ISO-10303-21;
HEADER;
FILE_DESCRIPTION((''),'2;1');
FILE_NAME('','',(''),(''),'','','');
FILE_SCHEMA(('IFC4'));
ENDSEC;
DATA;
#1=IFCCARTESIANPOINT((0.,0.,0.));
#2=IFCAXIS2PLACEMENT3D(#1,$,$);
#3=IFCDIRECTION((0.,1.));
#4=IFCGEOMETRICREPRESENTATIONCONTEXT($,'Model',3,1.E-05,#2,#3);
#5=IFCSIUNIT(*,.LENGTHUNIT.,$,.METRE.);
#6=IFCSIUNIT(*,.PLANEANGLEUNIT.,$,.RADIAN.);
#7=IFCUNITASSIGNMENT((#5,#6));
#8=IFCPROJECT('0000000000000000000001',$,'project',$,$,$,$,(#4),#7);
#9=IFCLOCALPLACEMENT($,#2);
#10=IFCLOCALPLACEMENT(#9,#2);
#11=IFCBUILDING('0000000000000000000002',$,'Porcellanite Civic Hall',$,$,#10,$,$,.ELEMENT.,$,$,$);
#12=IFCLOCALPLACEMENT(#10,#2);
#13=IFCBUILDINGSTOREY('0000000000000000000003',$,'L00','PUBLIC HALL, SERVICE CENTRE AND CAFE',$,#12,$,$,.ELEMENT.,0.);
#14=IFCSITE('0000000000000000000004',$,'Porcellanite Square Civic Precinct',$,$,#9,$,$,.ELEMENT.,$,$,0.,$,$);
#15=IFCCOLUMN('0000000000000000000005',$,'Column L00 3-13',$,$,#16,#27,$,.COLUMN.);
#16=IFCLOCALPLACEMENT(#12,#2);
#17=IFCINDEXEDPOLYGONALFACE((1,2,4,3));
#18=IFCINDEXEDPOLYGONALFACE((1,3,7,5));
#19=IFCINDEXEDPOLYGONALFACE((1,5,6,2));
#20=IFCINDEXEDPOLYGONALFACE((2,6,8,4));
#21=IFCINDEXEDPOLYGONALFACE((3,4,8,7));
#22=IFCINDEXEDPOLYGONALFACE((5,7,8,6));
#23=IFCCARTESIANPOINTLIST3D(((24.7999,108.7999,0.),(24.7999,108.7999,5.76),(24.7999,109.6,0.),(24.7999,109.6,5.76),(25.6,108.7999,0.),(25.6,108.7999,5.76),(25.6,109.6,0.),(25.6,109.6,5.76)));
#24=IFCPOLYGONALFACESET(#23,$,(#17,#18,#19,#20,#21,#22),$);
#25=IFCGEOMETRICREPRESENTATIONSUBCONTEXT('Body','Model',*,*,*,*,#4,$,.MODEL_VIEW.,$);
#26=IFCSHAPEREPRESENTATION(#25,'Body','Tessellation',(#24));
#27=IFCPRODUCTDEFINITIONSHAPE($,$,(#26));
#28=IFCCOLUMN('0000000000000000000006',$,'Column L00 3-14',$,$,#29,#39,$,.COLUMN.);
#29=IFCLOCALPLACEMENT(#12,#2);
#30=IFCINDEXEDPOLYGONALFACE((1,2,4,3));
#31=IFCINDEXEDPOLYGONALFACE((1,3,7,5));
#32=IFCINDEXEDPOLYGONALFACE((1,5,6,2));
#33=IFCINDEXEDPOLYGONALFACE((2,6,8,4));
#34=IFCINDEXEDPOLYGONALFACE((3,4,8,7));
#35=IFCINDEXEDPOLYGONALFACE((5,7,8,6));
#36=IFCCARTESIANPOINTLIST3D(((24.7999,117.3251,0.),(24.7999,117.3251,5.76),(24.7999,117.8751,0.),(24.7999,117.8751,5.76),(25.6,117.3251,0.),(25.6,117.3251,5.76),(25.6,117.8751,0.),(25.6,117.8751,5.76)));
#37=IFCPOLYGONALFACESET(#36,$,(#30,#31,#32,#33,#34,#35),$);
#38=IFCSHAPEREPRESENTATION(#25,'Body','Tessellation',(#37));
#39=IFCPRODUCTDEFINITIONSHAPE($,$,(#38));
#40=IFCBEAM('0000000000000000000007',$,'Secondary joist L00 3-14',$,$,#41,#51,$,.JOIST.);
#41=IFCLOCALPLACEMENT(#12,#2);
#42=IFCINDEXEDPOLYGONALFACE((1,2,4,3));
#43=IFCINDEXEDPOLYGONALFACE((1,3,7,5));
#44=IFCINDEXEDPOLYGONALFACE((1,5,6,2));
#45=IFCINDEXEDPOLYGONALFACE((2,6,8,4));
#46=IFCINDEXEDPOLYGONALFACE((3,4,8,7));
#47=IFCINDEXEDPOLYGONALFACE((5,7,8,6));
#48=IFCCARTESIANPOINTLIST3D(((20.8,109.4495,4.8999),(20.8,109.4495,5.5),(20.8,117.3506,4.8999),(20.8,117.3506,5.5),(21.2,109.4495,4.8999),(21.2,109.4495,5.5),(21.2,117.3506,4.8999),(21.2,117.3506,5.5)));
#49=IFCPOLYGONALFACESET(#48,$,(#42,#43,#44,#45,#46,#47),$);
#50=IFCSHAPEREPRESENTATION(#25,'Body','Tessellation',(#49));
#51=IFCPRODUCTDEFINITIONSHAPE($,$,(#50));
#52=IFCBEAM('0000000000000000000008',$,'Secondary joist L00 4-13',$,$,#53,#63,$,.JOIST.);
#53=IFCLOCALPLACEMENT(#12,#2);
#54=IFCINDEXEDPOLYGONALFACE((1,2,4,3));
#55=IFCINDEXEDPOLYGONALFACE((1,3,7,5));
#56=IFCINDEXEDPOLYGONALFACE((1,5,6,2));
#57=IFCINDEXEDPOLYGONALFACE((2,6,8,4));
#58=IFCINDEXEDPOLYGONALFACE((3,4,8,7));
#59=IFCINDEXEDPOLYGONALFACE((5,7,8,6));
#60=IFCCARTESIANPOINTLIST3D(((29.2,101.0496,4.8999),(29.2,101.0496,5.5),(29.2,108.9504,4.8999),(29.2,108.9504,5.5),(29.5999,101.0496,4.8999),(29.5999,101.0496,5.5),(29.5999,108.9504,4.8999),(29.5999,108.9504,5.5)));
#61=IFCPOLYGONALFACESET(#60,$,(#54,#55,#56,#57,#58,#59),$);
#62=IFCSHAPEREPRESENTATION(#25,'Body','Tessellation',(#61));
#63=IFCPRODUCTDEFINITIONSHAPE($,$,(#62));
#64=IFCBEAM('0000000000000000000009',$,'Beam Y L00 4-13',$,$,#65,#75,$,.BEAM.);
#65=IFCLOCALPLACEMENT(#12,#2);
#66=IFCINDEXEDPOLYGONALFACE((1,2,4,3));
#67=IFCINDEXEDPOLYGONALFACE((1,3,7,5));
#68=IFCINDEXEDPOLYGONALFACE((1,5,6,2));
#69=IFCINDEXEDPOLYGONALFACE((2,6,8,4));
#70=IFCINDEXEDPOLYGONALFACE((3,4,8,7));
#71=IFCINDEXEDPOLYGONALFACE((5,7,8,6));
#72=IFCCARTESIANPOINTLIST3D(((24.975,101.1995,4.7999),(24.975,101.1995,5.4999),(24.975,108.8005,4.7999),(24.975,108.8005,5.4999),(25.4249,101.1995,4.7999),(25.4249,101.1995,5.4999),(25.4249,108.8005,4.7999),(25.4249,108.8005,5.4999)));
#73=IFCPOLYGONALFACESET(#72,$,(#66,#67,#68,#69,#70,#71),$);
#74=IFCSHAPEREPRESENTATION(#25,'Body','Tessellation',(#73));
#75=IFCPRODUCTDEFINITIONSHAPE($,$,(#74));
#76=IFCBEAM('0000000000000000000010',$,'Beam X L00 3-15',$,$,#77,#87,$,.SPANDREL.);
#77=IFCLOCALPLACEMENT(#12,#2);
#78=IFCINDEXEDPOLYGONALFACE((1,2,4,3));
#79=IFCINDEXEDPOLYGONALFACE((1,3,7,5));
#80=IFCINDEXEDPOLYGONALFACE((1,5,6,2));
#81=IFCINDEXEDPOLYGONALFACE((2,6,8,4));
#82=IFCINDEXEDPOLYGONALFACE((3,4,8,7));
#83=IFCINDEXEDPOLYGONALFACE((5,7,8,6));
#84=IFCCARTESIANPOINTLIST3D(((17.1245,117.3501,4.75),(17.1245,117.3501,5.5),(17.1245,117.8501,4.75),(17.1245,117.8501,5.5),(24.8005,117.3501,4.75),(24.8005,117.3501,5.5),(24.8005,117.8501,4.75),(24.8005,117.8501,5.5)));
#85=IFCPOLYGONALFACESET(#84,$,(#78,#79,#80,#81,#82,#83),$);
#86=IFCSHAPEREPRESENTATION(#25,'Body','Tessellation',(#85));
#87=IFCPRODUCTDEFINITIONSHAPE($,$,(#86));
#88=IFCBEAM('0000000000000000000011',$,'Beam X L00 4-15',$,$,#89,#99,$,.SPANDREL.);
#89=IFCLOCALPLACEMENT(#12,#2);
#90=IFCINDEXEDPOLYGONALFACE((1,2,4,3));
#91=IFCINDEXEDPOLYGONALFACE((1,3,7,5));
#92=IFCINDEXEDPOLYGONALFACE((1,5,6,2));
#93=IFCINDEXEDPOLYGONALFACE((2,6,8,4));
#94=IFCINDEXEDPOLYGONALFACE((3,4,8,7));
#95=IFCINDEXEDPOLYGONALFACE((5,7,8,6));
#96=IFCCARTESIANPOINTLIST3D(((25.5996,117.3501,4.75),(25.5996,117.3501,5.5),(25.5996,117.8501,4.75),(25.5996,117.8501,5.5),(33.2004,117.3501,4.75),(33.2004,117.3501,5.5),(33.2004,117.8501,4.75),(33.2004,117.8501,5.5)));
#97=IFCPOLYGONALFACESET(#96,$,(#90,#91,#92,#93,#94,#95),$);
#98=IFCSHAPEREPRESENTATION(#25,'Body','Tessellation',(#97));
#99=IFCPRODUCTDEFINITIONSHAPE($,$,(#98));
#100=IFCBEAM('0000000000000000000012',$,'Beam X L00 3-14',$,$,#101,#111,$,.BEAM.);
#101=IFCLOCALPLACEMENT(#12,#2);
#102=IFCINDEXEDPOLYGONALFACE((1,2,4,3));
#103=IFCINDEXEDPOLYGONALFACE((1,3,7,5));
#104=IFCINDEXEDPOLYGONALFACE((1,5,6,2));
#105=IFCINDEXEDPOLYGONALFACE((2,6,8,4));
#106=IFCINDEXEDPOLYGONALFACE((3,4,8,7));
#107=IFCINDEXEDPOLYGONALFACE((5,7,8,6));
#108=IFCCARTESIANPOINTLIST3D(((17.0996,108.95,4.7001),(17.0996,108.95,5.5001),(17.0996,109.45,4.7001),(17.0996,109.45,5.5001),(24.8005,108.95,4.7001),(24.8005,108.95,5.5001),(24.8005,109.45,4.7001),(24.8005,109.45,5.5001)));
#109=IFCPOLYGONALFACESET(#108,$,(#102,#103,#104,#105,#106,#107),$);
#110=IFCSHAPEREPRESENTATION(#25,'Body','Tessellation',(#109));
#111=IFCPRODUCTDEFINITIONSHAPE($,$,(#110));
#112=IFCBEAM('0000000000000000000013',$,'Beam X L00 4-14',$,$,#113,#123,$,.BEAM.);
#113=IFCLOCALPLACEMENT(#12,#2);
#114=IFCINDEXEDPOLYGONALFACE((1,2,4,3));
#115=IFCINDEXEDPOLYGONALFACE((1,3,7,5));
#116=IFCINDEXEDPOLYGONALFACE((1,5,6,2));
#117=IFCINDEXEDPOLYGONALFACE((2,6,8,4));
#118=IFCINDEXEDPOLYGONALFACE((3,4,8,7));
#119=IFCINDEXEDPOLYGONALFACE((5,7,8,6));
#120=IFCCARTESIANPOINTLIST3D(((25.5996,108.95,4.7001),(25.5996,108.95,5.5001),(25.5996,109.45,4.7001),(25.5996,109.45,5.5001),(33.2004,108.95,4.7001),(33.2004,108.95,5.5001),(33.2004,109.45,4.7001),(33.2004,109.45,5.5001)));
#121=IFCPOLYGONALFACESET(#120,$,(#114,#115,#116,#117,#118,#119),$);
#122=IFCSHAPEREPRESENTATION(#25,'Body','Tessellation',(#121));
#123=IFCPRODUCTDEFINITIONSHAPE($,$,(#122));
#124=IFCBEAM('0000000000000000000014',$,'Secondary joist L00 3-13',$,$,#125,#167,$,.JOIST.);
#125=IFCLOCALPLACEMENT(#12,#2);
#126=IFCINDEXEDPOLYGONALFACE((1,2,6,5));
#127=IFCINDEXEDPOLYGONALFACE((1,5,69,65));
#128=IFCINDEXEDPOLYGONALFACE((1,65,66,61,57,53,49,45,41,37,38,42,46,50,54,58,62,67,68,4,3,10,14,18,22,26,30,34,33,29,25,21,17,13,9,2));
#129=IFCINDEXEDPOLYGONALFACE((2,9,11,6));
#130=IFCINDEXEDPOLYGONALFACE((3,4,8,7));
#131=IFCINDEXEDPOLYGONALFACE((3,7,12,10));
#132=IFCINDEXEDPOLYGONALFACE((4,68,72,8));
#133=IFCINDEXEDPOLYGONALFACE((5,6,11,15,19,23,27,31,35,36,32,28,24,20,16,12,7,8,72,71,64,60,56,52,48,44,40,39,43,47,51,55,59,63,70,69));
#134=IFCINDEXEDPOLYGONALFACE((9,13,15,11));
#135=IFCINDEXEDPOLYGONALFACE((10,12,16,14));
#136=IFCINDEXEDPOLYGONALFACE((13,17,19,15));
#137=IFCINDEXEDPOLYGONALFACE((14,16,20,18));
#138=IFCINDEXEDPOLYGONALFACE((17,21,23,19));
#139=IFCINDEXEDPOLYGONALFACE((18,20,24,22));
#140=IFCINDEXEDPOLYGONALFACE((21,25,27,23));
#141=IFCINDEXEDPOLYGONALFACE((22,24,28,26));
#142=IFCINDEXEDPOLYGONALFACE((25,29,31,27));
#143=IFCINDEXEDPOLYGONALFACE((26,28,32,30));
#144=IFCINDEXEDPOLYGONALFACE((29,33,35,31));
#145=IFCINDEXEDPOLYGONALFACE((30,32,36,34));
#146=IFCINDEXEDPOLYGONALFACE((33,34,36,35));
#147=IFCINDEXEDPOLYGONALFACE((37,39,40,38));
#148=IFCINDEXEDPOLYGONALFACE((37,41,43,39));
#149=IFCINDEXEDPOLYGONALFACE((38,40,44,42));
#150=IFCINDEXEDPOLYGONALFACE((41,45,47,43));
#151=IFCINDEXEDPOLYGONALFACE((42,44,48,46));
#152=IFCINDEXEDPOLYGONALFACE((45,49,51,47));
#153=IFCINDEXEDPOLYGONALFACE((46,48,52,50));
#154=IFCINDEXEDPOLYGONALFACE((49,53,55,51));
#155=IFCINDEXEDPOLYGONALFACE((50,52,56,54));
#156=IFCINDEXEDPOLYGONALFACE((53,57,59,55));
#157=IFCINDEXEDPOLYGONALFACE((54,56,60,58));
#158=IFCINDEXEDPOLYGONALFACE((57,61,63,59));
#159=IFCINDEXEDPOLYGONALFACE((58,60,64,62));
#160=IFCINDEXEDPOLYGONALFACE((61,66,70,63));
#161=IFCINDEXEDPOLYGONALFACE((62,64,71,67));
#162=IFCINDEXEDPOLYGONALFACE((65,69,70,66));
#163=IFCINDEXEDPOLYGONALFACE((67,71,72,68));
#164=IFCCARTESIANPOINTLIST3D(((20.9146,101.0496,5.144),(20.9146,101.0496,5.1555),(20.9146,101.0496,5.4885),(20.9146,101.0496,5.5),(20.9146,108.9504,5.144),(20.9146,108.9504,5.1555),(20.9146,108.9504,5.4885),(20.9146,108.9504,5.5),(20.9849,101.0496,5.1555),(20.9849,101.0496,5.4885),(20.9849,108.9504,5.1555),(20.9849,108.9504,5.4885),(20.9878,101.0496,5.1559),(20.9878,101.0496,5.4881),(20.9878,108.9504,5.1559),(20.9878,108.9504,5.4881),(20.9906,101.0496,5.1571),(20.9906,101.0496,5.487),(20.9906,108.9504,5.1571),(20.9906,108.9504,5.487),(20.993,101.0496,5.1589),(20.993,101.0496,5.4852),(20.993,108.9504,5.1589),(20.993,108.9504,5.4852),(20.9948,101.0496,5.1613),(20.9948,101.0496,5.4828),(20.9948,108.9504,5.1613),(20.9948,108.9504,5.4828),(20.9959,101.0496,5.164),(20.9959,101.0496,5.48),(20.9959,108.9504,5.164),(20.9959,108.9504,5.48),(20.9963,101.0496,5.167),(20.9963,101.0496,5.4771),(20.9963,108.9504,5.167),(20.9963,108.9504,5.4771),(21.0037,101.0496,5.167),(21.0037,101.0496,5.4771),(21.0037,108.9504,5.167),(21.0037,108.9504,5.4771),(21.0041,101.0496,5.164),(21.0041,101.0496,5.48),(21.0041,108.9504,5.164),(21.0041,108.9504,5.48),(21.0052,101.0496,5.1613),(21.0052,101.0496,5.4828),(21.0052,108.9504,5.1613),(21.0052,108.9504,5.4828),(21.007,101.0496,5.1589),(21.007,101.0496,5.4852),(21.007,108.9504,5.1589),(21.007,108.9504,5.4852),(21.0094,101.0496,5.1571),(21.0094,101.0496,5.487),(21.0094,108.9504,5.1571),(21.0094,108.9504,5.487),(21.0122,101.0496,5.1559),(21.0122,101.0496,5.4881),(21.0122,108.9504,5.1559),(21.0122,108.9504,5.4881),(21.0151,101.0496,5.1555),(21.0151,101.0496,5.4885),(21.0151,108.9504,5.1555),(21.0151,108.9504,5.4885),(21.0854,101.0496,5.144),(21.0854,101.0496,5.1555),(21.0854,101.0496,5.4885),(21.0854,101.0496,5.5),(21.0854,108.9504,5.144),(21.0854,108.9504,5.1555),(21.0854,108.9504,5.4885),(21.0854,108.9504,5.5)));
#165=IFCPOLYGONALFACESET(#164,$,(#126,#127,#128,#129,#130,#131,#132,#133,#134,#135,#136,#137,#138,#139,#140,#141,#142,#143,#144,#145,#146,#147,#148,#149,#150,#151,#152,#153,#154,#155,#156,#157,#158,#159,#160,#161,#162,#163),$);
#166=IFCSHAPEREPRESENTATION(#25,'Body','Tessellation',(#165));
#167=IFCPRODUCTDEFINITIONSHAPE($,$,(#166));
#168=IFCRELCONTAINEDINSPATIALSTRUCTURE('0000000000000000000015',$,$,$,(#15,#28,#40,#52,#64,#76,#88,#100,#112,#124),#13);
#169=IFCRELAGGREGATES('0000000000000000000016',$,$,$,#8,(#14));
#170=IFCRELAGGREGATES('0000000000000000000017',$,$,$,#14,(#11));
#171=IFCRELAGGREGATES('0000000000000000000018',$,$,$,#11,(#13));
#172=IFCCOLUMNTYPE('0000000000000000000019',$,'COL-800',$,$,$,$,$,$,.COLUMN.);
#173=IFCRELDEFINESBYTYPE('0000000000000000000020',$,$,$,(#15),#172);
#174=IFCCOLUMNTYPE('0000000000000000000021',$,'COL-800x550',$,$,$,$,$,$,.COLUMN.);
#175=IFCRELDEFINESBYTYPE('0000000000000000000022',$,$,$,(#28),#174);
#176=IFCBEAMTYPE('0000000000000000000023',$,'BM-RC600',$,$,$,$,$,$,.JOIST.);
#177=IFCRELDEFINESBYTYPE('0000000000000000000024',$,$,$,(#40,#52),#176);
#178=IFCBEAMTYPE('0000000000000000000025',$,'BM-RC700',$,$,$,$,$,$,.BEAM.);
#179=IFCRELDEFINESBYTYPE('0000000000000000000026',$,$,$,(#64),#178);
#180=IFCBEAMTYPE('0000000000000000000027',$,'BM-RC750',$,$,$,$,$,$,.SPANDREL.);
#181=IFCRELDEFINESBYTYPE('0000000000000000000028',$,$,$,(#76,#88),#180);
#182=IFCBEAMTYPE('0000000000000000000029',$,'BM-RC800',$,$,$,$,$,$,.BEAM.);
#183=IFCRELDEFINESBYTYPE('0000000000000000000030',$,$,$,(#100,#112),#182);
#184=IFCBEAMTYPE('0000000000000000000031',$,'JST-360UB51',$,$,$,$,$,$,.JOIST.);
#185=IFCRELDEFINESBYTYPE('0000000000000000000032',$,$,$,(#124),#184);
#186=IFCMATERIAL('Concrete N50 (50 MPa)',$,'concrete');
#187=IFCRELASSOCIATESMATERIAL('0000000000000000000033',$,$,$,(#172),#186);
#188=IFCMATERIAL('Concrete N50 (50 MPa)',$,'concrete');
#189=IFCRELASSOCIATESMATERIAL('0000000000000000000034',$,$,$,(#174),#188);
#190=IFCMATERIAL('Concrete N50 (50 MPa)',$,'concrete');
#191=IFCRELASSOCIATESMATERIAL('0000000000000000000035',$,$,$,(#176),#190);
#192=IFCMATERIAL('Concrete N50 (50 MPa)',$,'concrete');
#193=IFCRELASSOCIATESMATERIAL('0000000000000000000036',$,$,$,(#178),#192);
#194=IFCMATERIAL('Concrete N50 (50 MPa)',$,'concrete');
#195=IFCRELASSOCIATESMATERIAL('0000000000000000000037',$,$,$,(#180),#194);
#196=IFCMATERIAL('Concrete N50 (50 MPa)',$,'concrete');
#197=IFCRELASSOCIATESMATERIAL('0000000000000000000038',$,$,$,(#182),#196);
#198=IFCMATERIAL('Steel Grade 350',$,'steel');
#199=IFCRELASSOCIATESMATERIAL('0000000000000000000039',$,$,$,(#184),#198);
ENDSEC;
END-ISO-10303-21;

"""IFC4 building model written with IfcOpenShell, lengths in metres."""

from ifc_helpers import new_model, si_unit, direction, frame, origin, origin_2d, place, context, subcontext, project, spatial, rectangle, i_section, extrude, material, material_profile, profile_set, type_object, element, save


model = new_model("IFC4")

# Units and contexts
model_context = context("Model", 3, precision=1e-05, world=origin(), true_north=direction((0.0, 1.0)))
body_context = subcontext(model_context, "Body", "Model", "MODEL_VIEW")
ifc_project = project(units=[si_unit("LENGTHUNIT", "METRE"), si_unit("PLANEANGLEUNIT", "RADIAN")], contexts=[model_context])

# Site, building, storey
site_placement = place(None, origin())
site = spatial("IfcSite", under=ifc_project, at=site_placement, Name="Porcellanite Square Civic Precinct", CompositionType="ELEMENT", RefElevation=0.0)
building_placement = place(site_placement, origin())
building = spatial("IfcBuilding", under=site, at=building_placement, Name="Porcellanite Civic Hall", CompositionType="ELEMENT")
storey_placement = place(building_placement, origin())
storey = spatial("IfcBuildingStorey", under=building, at=storey_placement, Name="L00", Description="PUBLIC HALL, SERVICE CENTRE AND CAFE", CompositionType="ELEMENT", Elevation=0.0)

# Columns
ifc_material_1 = material(Name="Concrete N50 (50 MPa)", Category="concrete")
ifc_material_profile_1 = material_profile(ifc_material_1, rectangle(XDim=0.8, YDim=0.8, at=origin_2d()), Name="RC-800x800")
ifc_profile_set_1 = profile_set([ifc_material_profile_1], Name="Concrete N50 (50 MPa)")
column_type_1 = type_object("IfcColumnType", Name="COL-800", PredefinedType="COLUMN", material=ifc_profile_set_1)
column_1_placement = place(storey_placement, frame((25.2, 109.2, 0.0), z_axis=(0.0, 0.0, 1.0), x_axis=(1.0, 0.0, 0.0)))
element("IfcColumn", 1, at=column_1_placement, inside=storey, type_object=column_type_1, Name="Column L00 3-13", PredefinedType="COLUMN", context=body_context, shape_type="SweptSolid", body=[
    extrude(rectangle(XDim=0.8, YDim=0.8, at=origin_2d()), origin(), (0.0, 0.0, 1.0), 5.76),
])
ifc_material_2 = material(Name="Concrete N50 (50 MPa)", Category="concrete")
ifc_material_profile_2 = material_profile(ifc_material_2, rectangle(XDim=0.8, YDim=0.55, at=origin_2d()), Name="RC-800x550")
ifc_profile_set_2 = profile_set([ifc_material_profile_2], Name="Concrete N50 (50 MPa)")
column_type_2 = type_object("IfcColumnType", Name="COL-800x550", PredefinedType="COLUMN", material=ifc_profile_set_2)
column_2_placement = place(storey_placement, frame((25.2, 117.6001, 0.0), z_axis=(0.0, 0.0, 1.0), x_axis=(1.0, 0.0, 0.0)))
element("IfcColumn", 2, at=column_2_placement, inside=storey, type_object=column_type_2, Name="Column L00 3-14", PredefinedType="COLUMN", context=body_context, shape_type="SweptSolid", body=[
    extrude(rectangle(XDim=0.8, YDim=0.55, at=origin_2d()), origin(), (0.0, 0.0, 1.0), 5.76),
])

# Beams
ifc_material_3 = material(Name="Concrete N50 (50 MPa)", Category="concrete")
ifc_material_profile_3 = material_profile(ifc_material_3, rectangle(XDim=0.3999, YDim=0.6001, at=origin_2d()), Name="RC-400x600")
ifc_profile_set_3 = profile_set([ifc_material_profile_3], Name="Concrete N50 (50 MPa)")
beam_type_1 = type_object("IfcBeamType", Name="BM-RC600", PredefinedType="JOIST", material=ifc_profile_set_3)
beam_1_placement = place(storey_placement, frame((21.0, 109.4495, 5.2), z_axis=(0.0, 1.0, 0.0), x_axis=(-1.0, 0.0, 0.0)))
element("IfcBeam", 3, at=beam_1_placement, inside=storey, type_object=beam_type_1, Name="Secondary joist L00 3-14", PredefinedType="JOIST", context=body_context, shape_type="SweptSolid", body=[
    extrude(rectangle(XDim=0.3999, YDim=0.6001, at=origin_2d()), origin(), (0.0, 0.0, 1.0), 7.9011),
])
beam_2_placement = place(storey_placement, frame((29.3999, 101.0496, 5.2), z_axis=(0.0, 1.0, 0.0), x_axis=(-1.0, 0.0, 0.0)))
element("IfcBeam", 4, at=beam_2_placement, inside=storey, type_object=beam_type_1, Name="Secondary joist L00 4-13", PredefinedType="JOIST", context=body_context, shape_type="SweptSolid", body=[
    extrude(rectangle(XDim=0.3999, YDim=0.6001, at=origin_2d()), origin(), (0.0, 0.0, 1.0), 7.9009),
])
ifc_material_4 = material(Name="Concrete N50 (50 MPa)", Category="concrete")
ifc_material_profile_4 = material_profile(ifc_material_4, rectangle(XDim=0.45, YDim=0.7, at=origin_2d()), Name="RC-450x700")
ifc_profile_set_4 = profile_set([ifc_material_profile_4], Name="Concrete N50 (50 MPa)")
beam_type_2 = type_object("IfcBeamType", Name="BM-RC700", PredefinedType="BEAM", material=ifc_profile_set_4)
beam_3_placement = place(storey_placement, frame((25.2, 101.1995, 5.1499), z_axis=(0.0, 1.0, 0.0), x_axis=(-1.0, 0.0, 0.0)))
element("IfcBeam", 5, at=beam_3_placement, inside=storey, type_object=beam_type_2, Name="Beam Y L00 4-13", PredefinedType="BEAM", context=body_context, shape_type="SweptSolid", body=[
    extrude(rectangle(XDim=0.45, YDim=0.7, at=origin_2d()), origin(), (0.0, 0.0, 1.0), 7.6011),
])
ifc_material_5 = material(Name="Concrete N50 (50 MPa)", Category="concrete")
ifc_material_profile_5 = material_profile(ifc_material_5, rectangle(XDim=0.5, YDim=0.75, at=origin_2d()), Name="RC-500x750")
ifc_profile_set_5 = profile_set([ifc_material_profile_5], Name="Concrete N50 (50 MPa)")
beam_type_3 = type_object("IfcBeamType", Name="BM-RC750", PredefinedType="SPANDREL", material=ifc_profile_set_5)
beam_4_placement = place(storey_placement, frame((17.1245, 117.6001, 5.125), z_axis=(1.0, 0.0, 0.0), x_axis=(0.0, 1.0, 0.0)))
element("IfcBeam", 6, at=beam_4_placement, inside=storey, type_object=beam_type_3, Name="Beam X L00 3-15", PredefinedType="SPANDREL", context=body_context, shape_type="SweptSolid", body=[
    extrude(rectangle(XDim=0.5, YDim=0.75, at=origin_2d()), origin(), (0.0, 0.0, 1.0), 7.676),
])
beam_5_placement = place(storey_placement, frame((25.5996, 117.6001, 5.125), z_axis=(1.0, 0.0, 0.0), x_axis=(0.0, 1.0, 0.0)))
element("IfcBeam", 7, at=beam_5_placement, inside=storey, type_object=beam_type_3, Name="Beam X L00 4-15", PredefinedType="SPANDREL", context=body_context, shape_type="SweptSolid", body=[
    extrude(rectangle(XDim=0.5, YDim=0.75, at=origin_2d()), origin(), (0.0, 0.0, 1.0), 7.6008),
])
ifc_material_6 = material(Name="Concrete N50 (50 MPa)", Category="concrete")
ifc_material_profile_6 = material_profile(ifc_material_6, rectangle(XDim=0.5, YDim=0.8, at=origin_2d()), Name="RC-500x800")
ifc_profile_set_6 = profile_set([ifc_material_profile_6], Name="Concrete N50 (50 MPa)")
beam_type_4 = type_object("IfcBeamType", Name="BM-RC800", PredefinedType="BEAM", material=ifc_profile_set_6)
beam_6_placement = place(storey_placement, frame((17.0996, 109.2, 5.1001), z_axis=(1.0, 0.0, 0.0), x_axis=(0.0, 1.0, 0.0)))
element("IfcBeam", 8, at=beam_6_placement, inside=storey, type_object=beam_type_4, Name="Beam X L00 3-14", PredefinedType="BEAM", context=body_context, shape_type="SweptSolid", body=[
    extrude(rectangle(XDim=0.5, YDim=0.8, at=origin_2d()), origin(), (0.0, 0.0, 1.0), 7.7009),
])
beam_7_placement = place(storey_placement, frame((25.5996, 109.2, 5.1001), z_axis=(1.0, 0.0, 0.0), x_axis=(0.0, 1.0, 0.0)))
element("IfcBeam", 9, at=beam_7_placement, inside=storey, type_object=beam_type_4, Name="Beam X L00 4-14", PredefinedType="BEAM", context=body_context, shape_type="SweptSolid", body=[
    extrude(rectangle(XDim=0.5, YDim=0.8, at=origin_2d()), origin(), (0.0, 0.0, 1.0), 7.6008),
])
ifc_material_7 = material(Name="Steel Grade 350", Category="steel")
ifc_material_profile_7 = material_profile(ifc_material_7, i_section(OverallWidth=0.1709, OverallDepth=0.356, WebThickness=0.0073, FlangeThickness=0.0115, FilletRadius=0.0115, at=origin_2d()), Name="360UB50.7")
ifc_profile_set_7 = profile_set([ifc_material_profile_7], Name="Steel Grade 350")
beam_type_5 = type_object("IfcBeamType", Name="JST-360UB51", PredefinedType="JOIST", material=ifc_profile_set_7)
beam_8_placement = place(storey_placement, frame((21.0, 101.0496, 5.322), z_axis=(0.0, 1.0, 0.0), x_axis=(-1.0, 0.0, 0.0)))
element("IfcBeam", 10, at=beam_8_placement, inside=storey, type_object=beam_type_5, Name="Secondary joist L00 3-13", PredefinedType="JOIST", context=body_context, shape_type="SweptSolid", body=[
    extrude(i_section(OverallWidth=0.1709, OverallDepth=0.356, WebThickness=0.0073, FlangeThickness=0.0115, FilletRadius=0.0115, at=origin_2d()), origin(), (0.0, 0.0, 1.0), 7.9009),
])

save(model, "model.ifc")
